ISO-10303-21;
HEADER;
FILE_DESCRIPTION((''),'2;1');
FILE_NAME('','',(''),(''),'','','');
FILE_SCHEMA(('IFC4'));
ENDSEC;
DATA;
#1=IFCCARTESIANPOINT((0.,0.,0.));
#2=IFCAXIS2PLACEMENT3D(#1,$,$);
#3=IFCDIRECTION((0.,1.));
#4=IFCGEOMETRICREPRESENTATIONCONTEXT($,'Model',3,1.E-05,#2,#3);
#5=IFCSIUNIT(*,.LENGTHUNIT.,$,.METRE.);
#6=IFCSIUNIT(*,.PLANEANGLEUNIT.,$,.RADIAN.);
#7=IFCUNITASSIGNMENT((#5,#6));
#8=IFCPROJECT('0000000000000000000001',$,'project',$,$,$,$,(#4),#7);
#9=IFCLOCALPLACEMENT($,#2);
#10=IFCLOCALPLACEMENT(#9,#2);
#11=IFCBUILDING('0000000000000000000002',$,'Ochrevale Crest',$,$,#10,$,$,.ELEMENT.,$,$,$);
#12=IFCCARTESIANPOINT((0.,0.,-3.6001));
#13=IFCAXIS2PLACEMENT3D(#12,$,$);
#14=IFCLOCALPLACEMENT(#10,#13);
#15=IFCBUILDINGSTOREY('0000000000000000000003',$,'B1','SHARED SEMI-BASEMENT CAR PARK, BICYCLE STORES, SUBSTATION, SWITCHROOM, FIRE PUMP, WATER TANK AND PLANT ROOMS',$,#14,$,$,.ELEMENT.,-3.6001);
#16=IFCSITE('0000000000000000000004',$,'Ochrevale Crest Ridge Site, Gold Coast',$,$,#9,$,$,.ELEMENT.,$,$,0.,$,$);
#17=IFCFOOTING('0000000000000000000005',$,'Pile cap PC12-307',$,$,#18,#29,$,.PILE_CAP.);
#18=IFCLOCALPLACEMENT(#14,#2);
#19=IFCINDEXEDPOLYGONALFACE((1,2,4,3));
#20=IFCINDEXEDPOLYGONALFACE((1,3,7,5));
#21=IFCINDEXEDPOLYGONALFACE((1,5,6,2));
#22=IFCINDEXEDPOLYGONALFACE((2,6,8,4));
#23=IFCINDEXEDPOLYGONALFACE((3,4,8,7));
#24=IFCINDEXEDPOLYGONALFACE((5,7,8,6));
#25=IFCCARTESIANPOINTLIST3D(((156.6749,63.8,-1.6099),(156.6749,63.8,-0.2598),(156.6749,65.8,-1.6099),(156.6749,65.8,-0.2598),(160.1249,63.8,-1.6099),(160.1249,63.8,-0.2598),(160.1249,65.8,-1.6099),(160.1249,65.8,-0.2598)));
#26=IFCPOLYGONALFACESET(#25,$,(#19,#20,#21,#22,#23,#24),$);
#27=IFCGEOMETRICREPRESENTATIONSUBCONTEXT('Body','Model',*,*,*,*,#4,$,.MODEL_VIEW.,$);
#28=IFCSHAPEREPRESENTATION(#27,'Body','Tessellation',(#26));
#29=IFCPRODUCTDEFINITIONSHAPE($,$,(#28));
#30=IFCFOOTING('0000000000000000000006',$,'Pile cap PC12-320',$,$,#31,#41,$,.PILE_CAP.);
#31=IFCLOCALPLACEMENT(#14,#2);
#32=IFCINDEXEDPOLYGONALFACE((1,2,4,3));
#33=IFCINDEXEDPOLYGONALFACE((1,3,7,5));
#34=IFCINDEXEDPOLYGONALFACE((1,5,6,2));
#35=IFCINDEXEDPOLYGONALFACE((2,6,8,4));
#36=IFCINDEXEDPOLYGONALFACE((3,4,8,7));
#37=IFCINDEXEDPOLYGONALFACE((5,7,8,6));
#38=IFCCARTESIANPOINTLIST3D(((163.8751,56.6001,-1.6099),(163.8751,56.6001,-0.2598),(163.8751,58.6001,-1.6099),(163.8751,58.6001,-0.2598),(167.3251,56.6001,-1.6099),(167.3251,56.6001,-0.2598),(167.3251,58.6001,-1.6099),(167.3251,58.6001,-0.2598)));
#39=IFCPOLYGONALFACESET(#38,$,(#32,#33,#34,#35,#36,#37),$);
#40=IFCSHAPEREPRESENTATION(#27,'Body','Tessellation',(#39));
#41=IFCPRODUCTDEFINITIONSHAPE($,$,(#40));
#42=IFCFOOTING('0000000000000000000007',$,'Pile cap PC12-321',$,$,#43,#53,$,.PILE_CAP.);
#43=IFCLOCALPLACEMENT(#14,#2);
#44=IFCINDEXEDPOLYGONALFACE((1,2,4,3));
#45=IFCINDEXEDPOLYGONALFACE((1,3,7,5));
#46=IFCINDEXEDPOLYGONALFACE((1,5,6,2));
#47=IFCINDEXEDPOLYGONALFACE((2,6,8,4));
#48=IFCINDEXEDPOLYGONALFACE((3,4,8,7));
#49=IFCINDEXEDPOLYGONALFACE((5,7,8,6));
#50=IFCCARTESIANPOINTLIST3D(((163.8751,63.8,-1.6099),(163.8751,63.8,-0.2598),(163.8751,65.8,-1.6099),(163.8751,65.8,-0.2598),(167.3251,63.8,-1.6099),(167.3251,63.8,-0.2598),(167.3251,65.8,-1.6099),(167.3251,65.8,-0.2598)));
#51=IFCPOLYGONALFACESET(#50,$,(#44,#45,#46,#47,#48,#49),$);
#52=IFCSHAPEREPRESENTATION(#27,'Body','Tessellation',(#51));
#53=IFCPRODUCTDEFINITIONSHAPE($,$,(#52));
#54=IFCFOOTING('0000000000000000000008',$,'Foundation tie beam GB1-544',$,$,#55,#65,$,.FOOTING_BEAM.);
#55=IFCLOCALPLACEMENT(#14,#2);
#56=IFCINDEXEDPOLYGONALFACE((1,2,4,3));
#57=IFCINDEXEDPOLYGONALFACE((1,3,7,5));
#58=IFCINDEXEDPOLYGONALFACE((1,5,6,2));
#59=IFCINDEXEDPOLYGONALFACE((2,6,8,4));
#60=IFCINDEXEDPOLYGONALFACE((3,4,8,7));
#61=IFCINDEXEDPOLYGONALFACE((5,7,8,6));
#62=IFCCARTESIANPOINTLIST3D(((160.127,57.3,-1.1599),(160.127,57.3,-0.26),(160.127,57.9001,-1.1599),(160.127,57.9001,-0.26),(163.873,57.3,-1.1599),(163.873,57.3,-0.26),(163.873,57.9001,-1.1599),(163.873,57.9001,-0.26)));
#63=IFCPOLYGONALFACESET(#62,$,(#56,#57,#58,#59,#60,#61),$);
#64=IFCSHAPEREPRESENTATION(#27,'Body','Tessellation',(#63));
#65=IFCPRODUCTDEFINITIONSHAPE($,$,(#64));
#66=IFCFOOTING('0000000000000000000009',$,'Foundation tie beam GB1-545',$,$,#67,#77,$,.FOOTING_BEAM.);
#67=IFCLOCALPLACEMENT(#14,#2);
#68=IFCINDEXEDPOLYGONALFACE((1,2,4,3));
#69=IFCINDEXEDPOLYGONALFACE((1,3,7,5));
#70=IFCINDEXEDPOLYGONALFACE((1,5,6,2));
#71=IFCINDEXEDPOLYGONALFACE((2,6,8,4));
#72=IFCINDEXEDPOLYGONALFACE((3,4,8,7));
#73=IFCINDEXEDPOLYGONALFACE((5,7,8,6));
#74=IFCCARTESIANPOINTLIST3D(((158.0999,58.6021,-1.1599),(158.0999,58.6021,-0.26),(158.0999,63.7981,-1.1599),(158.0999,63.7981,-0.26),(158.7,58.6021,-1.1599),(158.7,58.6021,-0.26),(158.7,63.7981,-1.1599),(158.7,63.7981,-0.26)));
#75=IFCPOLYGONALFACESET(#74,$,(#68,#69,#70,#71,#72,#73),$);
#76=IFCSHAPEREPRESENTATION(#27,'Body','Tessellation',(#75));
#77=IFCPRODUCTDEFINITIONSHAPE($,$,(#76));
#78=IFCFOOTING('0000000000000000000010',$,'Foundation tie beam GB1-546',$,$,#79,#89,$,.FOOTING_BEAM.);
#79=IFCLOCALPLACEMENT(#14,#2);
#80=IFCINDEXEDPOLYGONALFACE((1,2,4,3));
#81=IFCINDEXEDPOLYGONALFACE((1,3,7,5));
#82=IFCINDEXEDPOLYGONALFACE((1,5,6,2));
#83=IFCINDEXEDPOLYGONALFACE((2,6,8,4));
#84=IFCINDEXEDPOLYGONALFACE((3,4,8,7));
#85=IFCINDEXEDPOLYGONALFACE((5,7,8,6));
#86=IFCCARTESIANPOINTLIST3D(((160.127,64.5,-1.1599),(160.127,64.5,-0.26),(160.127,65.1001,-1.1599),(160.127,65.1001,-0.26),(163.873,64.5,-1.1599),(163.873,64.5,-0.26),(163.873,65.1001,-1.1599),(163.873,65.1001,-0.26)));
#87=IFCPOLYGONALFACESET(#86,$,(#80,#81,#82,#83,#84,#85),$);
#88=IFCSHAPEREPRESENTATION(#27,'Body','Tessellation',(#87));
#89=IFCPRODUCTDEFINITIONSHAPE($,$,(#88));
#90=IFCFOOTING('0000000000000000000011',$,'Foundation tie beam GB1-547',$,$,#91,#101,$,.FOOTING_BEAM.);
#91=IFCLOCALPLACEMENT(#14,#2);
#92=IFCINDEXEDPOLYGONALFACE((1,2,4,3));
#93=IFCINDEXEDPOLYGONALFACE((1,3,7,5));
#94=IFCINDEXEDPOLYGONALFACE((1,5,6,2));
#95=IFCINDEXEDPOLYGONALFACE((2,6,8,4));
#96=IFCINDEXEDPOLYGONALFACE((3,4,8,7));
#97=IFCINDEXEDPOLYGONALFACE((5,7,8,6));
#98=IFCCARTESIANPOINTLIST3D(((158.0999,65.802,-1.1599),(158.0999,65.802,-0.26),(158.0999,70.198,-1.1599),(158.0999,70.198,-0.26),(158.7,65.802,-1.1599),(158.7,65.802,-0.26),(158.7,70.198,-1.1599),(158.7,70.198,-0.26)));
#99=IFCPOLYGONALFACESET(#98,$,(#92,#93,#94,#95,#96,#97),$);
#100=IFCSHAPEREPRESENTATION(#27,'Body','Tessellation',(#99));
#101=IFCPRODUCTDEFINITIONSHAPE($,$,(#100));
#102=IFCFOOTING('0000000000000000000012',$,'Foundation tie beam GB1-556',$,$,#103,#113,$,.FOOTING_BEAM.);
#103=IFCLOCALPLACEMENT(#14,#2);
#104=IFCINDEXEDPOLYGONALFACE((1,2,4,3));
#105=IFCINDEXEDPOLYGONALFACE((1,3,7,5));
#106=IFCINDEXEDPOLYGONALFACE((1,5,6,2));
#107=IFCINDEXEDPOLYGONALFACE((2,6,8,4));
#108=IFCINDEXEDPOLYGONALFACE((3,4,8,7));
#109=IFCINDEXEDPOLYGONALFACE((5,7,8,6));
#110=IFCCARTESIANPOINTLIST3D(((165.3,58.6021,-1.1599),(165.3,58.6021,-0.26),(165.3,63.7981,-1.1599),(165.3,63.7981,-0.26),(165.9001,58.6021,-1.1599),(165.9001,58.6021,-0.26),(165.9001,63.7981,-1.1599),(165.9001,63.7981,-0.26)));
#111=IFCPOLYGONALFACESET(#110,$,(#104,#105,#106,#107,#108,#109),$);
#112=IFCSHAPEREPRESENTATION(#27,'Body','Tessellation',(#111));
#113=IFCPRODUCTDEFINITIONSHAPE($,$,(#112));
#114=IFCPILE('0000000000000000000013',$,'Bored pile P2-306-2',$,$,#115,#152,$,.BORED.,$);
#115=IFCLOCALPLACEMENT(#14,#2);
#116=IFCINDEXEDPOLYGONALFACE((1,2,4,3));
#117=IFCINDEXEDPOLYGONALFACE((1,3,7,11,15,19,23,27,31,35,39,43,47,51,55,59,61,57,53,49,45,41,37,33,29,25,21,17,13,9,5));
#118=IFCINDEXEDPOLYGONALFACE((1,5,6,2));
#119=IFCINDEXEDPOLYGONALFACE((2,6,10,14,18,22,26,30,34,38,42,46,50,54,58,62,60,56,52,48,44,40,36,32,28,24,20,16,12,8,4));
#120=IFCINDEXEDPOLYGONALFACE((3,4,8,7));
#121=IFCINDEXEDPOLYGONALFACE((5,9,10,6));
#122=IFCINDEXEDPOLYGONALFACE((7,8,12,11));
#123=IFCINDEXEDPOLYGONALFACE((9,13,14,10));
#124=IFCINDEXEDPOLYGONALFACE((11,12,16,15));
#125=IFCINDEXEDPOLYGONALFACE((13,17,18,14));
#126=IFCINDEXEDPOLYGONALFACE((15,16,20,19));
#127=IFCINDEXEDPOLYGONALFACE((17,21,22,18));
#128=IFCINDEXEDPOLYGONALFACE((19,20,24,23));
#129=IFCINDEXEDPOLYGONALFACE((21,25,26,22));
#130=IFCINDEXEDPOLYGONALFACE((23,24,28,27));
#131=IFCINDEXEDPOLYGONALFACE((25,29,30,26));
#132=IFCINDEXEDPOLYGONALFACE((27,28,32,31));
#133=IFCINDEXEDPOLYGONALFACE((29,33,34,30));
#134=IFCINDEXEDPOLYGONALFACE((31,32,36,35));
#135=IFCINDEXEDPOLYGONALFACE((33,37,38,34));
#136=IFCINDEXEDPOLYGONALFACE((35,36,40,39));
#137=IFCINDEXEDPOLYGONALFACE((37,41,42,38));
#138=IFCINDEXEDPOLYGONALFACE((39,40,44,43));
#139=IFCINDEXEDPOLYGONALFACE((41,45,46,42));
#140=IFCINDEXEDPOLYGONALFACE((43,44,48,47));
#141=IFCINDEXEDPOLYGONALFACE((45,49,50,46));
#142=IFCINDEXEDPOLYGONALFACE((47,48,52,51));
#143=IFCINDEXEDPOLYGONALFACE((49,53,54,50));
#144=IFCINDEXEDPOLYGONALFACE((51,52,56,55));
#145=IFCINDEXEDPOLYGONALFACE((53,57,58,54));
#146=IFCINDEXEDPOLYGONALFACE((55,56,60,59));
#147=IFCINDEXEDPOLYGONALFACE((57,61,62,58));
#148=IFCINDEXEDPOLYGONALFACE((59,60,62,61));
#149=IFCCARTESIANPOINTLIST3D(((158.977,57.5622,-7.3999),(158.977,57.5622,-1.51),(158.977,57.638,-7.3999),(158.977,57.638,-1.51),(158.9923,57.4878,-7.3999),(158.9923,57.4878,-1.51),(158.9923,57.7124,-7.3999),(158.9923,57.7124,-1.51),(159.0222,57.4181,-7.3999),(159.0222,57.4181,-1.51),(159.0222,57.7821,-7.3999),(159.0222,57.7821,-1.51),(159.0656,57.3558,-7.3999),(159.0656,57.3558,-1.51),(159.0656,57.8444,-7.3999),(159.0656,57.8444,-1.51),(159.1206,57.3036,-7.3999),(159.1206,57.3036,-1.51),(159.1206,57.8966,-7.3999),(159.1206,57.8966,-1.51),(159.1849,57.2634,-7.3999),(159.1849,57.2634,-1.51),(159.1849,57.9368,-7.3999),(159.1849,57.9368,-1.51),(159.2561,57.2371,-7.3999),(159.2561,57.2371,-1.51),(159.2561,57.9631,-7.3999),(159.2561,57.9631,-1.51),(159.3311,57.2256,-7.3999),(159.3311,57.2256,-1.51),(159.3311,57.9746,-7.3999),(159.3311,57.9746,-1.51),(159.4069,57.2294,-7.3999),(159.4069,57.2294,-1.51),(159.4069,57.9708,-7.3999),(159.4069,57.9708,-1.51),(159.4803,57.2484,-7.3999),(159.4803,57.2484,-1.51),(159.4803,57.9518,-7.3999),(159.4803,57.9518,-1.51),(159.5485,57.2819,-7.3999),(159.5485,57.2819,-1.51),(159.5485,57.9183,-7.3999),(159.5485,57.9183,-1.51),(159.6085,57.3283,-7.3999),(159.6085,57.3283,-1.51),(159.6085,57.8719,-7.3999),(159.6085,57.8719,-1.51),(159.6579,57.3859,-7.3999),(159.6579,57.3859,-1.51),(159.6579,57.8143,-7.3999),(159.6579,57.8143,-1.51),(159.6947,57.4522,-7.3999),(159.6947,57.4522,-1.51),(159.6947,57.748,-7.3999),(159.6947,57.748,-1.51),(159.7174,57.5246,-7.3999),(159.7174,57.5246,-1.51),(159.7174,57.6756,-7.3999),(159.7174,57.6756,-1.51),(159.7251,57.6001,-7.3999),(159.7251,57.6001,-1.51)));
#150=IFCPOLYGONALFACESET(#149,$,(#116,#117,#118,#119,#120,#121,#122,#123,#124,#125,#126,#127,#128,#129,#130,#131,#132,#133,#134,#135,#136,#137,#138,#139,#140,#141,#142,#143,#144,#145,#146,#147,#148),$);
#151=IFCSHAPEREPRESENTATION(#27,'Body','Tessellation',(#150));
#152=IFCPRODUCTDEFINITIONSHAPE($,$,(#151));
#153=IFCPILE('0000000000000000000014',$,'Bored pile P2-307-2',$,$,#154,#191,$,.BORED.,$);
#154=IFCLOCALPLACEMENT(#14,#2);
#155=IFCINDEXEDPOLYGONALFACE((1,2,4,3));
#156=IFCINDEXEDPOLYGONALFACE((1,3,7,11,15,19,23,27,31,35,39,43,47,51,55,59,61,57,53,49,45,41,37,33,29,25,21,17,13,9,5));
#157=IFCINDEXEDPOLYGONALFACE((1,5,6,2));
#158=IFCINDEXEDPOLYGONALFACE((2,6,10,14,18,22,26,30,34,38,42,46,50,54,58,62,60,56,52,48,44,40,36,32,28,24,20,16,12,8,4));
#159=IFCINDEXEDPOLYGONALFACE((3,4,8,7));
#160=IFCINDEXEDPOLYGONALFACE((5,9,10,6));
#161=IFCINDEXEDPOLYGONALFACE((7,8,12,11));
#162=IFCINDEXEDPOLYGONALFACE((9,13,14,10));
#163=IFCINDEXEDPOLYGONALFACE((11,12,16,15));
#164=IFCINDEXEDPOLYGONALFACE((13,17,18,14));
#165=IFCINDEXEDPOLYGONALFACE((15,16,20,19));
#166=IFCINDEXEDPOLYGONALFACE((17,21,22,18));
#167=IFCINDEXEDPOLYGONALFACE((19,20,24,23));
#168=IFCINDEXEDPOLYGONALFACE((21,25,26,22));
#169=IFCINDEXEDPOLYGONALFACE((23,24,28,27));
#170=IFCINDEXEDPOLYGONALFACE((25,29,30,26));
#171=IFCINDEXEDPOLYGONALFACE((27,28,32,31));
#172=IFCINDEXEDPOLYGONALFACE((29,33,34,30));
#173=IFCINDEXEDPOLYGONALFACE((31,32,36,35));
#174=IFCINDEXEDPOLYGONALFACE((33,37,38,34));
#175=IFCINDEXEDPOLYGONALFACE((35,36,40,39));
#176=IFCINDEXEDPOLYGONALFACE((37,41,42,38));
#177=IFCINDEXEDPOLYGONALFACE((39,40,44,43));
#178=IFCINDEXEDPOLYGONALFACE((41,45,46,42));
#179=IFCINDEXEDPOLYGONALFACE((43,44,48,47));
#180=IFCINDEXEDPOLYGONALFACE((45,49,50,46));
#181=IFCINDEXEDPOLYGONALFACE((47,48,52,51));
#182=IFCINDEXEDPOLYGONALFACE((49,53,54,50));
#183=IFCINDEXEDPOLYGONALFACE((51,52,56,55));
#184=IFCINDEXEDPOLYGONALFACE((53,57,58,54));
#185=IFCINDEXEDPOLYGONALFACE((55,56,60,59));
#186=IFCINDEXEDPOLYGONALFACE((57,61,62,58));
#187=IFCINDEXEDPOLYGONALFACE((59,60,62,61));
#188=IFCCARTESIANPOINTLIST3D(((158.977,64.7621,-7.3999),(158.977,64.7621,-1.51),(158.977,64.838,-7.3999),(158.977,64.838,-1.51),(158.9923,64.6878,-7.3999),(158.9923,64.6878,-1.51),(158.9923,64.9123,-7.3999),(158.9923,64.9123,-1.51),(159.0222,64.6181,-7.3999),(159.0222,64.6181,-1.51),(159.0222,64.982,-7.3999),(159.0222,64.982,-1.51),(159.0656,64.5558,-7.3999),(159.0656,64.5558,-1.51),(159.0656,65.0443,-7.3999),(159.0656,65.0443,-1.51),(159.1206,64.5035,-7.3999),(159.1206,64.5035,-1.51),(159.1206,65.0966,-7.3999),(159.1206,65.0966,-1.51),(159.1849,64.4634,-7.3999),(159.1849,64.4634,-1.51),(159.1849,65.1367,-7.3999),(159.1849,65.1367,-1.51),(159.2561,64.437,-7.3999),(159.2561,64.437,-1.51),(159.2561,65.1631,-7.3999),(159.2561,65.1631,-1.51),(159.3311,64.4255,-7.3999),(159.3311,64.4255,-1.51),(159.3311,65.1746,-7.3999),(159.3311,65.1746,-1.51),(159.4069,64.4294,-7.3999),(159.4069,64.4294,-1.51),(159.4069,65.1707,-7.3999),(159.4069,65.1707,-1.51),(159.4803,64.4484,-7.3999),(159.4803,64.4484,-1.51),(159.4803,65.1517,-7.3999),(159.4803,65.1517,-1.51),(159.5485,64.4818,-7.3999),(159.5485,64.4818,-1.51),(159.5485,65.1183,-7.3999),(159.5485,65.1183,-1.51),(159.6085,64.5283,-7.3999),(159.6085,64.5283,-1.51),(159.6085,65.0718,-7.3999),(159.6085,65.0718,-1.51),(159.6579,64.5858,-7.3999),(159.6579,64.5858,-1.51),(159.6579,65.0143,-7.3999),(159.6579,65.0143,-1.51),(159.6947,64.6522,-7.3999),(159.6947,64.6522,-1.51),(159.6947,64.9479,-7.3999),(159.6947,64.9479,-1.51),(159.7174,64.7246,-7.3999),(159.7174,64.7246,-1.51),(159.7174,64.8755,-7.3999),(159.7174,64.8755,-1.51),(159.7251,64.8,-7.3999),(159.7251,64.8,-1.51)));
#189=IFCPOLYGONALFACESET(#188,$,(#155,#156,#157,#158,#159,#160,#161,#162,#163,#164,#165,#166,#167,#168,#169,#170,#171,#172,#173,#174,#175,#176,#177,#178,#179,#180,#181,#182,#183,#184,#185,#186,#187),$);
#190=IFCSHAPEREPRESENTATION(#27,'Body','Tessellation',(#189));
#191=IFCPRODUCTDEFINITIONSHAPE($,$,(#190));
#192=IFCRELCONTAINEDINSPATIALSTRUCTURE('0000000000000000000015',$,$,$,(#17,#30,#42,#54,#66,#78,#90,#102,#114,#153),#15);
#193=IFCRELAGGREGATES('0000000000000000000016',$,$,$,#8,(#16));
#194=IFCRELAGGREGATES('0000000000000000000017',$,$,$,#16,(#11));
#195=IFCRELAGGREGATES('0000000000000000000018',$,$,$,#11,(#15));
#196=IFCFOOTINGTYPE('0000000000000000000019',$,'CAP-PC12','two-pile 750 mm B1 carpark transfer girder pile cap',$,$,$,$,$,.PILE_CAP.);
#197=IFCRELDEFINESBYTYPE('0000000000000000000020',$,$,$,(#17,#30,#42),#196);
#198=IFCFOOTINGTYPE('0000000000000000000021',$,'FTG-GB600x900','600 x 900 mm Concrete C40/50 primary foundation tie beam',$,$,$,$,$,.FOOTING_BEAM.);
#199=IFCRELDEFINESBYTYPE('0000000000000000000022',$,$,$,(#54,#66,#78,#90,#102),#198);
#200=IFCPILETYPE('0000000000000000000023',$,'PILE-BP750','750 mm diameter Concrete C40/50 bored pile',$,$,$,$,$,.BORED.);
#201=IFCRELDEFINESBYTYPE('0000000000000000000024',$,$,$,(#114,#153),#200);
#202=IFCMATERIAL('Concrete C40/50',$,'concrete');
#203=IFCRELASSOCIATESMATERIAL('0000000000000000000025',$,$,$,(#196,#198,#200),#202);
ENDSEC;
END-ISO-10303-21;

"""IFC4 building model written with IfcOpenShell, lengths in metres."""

from ifc_helpers import new_model, si_unit, direction, frame, origin, origin_2d, place, context, subcontext, project, spatial, rectangle, circle, extrude, material, material_profile, profile_set, type_object, element, save


model = new_model("IFC4")

# Units and contexts
model_context = context("Model", 3, precision=1e-05, world=origin(), true_north=direction((0.0, 1.0)))
body_context = subcontext(model_context, "Body", "Model", "MODEL_VIEW")
ifc_project = project(units=[si_unit("LENGTHUNIT", "METRE"), si_unit("PLANEANGLEUNIT", "RADIAN")], contexts=[model_context])

# Site, building, storey
site_placement = place(None, origin())
site = spatial("IfcSite", under=ifc_project, at=site_placement, Name="Ochrevale Crest Ridge Site, Gold Coast", CompositionType="ELEMENT", RefElevation=0.0)
building_placement = place(site_placement, origin())
building = spatial("IfcBuilding", under=site, at=building_placement, Name="Ochrevale Crest", CompositionType="ELEMENT")
storey_placement = place(building_placement, frame((0.0, 0.0, -3.6001)))
storey = spatial("IfcBuildingStorey", under=building, at=storey_placement, Name="B1", Description="SHARED SEMI-BASEMENT CAR PARK, BICYCLE STORES, SUBSTATION, SWITCHROOM, FIRE PUMP, WATER TANK AND PLANT ROOMS", CompositionType="ELEMENT", Elevation=-3.6001)

# Footings
ifc_material_1 = material(Name="Concrete C40/50", Category="concrete")
footing_type_1 = type_object("IfcFootingType", Name="CAP-PC12", Description="two-pile 750 mm B1 carpark transfer girder pile cap", PredefinedType="PILE_CAP", material=ifc_material_1)
for number, where, z_axis, x_axis, name in (
    (1, (158.3999, 64.8, -1.6099), (0.0, 0.0, 1.0), (1.0, 0.0, 0.0), "Pile cap PC12-307"),
    (2, (165.6001, 57.6001, -1.6099), (0.0, 0.0, 1.0), (1.0, 0.0, 0.0), "Pile cap PC12-320"),
    (3, (165.6001, 64.8, -1.6099), (0.0, 0.0, 1.0), (1.0, 0.0, 0.0), "Pile cap PC12-321"),
):
    element("IfcFooting", number, at=place(storey_placement, frame(where, z_axis=z_axis, x_axis=x_axis)), inside=storey, type_object=footing_type_1, Name=name, PredefinedType="PILE_CAP", context=body_context, shape_type="SweptSolid", body=[
        extrude(rectangle(XDim=3.45, YDim=2.0, at=origin_2d()), origin(), (0.0, 0.0, 1.0), 1.3501),
    ])
ifc_material_profile_1 = material_profile(ifc_material_1, rectangle(XDim=0.6001, YDim=0.8999, at=origin_2d()), Name="GB 600x900")
ifc_profile_set_1 = profile_set([ifc_material_profile_1], Name="Concrete C40/50")
footing_type_2 = type_object("IfcFootingType", Name="FTG-GB600x900", Description="600 x 900 mm Concrete C40/50 primary foundation tie beam", PredefinedType="FOOTING_BEAM", material=ifc_profile_set_1)
footing_1_placement = place(storey_placement, frame((160.127, 57.6001, -0.71), z_axis=(1.0, 0.0, 0.0), x_axis=(0.0, 1.0, 0.0)))
element("IfcFooting", 4, at=footing_1_placement, inside=storey, type_object=footing_type_2, Name="Foundation tie beam GB1-544", PredefinedType="FOOTING_BEAM", context=body_context, shape_type="SweptSolid", body=[
    extrude(rectangle(XDim=0.6001, YDim=0.8999, at=origin_2d()), origin(), (0.0, 0.0, 1.0), 3.7461),
])
footing_2_placement = place(storey_placement, frame((158.3999, 58.6021, -0.71), z_axis=(0.0, 1.0, 0.0), x_axis=(-1.0, 0.0, 0.0)))
element("IfcFooting", 5, at=footing_2_placement, inside=storey, type_object=footing_type_2, Name="Foundation tie beam GB1-545", PredefinedType="FOOTING_BEAM", context=body_context, shape_type="SweptSolid", body=[
    extrude(rectangle(XDim=0.6001, YDim=0.8999, at=origin_2d()), origin(), (0.0, 0.0, 1.0), 5.196),
])
footing_3_placement = place(storey_placement, frame((160.127, 64.8, -0.71), z_axis=(1.0, 0.0, 0.0), x_axis=(0.0, 1.0, 0.0)))
element("IfcFooting", 6, at=footing_3_placement, inside=storey, type_object=footing_type_2, Name="Foundation tie beam GB1-546", PredefinedType="FOOTING_BEAM", context=body_context, shape_type="SweptSolid", body=[
    extrude(rectangle(XDim=0.6001, YDim=0.8999, at=origin_2d()), origin(), (0.0, 0.0, 1.0), 3.7461),
])
footing_4_placement = place(storey_placement, frame((158.3999, 65.802, -0.71), z_axis=(0.0, 1.0, 0.0), x_axis=(-1.0, 0.0, 0.0)))
element("IfcFooting", 7, at=footing_4_placement, inside=storey, type_object=footing_type_2, Name="Foundation tie beam GB1-547", PredefinedType="FOOTING_BEAM", context=body_context, shape_type="SweptSolid", body=[
    extrude(rectangle(XDim=0.6001, YDim=0.8999, at=origin_2d()), origin(), (0.0, 0.0, 1.0), 4.396),
])
footing_5_placement = place(storey_placement, frame((165.6001, 58.6021, -0.71), z_axis=(0.0, 1.0, 0.0), x_axis=(-1.0, 0.0, 0.0)))
element("IfcFooting", 8, at=footing_5_placement, inside=storey, type_object=footing_type_2, Name="Foundation tie beam GB1-556", PredefinedType="FOOTING_BEAM", context=body_context, shape_type="SweptSolid", body=[
    extrude(rectangle(XDim=0.6001, YDim=0.8999, at=origin_2d()), origin(), (0.0, 0.0, 1.0), 5.196),
])

# Piles
ifc_material_profile_2 = material_profile(ifc_material_1, circle(Radius=0.375, at=origin_2d()), Name="BORED PILE 750")
ifc_profile_set_2 = profile_set([ifc_material_profile_2], Name="Concrete C40/50")
pile_type = type_object("IfcPileType", Name="PILE-BP750", Description="750 mm diameter Concrete C40/50 bored pile", PredefinedType="BORED", material=ifc_profile_set_2)
for number, where, z_axis, x_axis, name in (
    (9, (159.3501, 57.6001, -1.51), (0.0, 0.0, -1.0), (1.0, 0.0, 0.0), "Bored pile P2-306-2"),
    (10, (159.3501, 64.8, -1.51), (0.0, 0.0, -1.0), (1.0, 0.0, 0.0), "Bored pile P2-307-2"),
):
    element("IfcPile", number, at=place(storey_placement, frame(where, z_axis=z_axis, x_axis=x_axis)), inside=storey, type_object=pile_type, Name=name, PredefinedType="BORED", context=body_context, shape_type="SweptSolid", body=[
        extrude(circle(Radius=0.375, at=origin_2d()), origin(), (0.0, 0.0, 1.0), 5.8899),
    ])

save(model, "model.ifc")
